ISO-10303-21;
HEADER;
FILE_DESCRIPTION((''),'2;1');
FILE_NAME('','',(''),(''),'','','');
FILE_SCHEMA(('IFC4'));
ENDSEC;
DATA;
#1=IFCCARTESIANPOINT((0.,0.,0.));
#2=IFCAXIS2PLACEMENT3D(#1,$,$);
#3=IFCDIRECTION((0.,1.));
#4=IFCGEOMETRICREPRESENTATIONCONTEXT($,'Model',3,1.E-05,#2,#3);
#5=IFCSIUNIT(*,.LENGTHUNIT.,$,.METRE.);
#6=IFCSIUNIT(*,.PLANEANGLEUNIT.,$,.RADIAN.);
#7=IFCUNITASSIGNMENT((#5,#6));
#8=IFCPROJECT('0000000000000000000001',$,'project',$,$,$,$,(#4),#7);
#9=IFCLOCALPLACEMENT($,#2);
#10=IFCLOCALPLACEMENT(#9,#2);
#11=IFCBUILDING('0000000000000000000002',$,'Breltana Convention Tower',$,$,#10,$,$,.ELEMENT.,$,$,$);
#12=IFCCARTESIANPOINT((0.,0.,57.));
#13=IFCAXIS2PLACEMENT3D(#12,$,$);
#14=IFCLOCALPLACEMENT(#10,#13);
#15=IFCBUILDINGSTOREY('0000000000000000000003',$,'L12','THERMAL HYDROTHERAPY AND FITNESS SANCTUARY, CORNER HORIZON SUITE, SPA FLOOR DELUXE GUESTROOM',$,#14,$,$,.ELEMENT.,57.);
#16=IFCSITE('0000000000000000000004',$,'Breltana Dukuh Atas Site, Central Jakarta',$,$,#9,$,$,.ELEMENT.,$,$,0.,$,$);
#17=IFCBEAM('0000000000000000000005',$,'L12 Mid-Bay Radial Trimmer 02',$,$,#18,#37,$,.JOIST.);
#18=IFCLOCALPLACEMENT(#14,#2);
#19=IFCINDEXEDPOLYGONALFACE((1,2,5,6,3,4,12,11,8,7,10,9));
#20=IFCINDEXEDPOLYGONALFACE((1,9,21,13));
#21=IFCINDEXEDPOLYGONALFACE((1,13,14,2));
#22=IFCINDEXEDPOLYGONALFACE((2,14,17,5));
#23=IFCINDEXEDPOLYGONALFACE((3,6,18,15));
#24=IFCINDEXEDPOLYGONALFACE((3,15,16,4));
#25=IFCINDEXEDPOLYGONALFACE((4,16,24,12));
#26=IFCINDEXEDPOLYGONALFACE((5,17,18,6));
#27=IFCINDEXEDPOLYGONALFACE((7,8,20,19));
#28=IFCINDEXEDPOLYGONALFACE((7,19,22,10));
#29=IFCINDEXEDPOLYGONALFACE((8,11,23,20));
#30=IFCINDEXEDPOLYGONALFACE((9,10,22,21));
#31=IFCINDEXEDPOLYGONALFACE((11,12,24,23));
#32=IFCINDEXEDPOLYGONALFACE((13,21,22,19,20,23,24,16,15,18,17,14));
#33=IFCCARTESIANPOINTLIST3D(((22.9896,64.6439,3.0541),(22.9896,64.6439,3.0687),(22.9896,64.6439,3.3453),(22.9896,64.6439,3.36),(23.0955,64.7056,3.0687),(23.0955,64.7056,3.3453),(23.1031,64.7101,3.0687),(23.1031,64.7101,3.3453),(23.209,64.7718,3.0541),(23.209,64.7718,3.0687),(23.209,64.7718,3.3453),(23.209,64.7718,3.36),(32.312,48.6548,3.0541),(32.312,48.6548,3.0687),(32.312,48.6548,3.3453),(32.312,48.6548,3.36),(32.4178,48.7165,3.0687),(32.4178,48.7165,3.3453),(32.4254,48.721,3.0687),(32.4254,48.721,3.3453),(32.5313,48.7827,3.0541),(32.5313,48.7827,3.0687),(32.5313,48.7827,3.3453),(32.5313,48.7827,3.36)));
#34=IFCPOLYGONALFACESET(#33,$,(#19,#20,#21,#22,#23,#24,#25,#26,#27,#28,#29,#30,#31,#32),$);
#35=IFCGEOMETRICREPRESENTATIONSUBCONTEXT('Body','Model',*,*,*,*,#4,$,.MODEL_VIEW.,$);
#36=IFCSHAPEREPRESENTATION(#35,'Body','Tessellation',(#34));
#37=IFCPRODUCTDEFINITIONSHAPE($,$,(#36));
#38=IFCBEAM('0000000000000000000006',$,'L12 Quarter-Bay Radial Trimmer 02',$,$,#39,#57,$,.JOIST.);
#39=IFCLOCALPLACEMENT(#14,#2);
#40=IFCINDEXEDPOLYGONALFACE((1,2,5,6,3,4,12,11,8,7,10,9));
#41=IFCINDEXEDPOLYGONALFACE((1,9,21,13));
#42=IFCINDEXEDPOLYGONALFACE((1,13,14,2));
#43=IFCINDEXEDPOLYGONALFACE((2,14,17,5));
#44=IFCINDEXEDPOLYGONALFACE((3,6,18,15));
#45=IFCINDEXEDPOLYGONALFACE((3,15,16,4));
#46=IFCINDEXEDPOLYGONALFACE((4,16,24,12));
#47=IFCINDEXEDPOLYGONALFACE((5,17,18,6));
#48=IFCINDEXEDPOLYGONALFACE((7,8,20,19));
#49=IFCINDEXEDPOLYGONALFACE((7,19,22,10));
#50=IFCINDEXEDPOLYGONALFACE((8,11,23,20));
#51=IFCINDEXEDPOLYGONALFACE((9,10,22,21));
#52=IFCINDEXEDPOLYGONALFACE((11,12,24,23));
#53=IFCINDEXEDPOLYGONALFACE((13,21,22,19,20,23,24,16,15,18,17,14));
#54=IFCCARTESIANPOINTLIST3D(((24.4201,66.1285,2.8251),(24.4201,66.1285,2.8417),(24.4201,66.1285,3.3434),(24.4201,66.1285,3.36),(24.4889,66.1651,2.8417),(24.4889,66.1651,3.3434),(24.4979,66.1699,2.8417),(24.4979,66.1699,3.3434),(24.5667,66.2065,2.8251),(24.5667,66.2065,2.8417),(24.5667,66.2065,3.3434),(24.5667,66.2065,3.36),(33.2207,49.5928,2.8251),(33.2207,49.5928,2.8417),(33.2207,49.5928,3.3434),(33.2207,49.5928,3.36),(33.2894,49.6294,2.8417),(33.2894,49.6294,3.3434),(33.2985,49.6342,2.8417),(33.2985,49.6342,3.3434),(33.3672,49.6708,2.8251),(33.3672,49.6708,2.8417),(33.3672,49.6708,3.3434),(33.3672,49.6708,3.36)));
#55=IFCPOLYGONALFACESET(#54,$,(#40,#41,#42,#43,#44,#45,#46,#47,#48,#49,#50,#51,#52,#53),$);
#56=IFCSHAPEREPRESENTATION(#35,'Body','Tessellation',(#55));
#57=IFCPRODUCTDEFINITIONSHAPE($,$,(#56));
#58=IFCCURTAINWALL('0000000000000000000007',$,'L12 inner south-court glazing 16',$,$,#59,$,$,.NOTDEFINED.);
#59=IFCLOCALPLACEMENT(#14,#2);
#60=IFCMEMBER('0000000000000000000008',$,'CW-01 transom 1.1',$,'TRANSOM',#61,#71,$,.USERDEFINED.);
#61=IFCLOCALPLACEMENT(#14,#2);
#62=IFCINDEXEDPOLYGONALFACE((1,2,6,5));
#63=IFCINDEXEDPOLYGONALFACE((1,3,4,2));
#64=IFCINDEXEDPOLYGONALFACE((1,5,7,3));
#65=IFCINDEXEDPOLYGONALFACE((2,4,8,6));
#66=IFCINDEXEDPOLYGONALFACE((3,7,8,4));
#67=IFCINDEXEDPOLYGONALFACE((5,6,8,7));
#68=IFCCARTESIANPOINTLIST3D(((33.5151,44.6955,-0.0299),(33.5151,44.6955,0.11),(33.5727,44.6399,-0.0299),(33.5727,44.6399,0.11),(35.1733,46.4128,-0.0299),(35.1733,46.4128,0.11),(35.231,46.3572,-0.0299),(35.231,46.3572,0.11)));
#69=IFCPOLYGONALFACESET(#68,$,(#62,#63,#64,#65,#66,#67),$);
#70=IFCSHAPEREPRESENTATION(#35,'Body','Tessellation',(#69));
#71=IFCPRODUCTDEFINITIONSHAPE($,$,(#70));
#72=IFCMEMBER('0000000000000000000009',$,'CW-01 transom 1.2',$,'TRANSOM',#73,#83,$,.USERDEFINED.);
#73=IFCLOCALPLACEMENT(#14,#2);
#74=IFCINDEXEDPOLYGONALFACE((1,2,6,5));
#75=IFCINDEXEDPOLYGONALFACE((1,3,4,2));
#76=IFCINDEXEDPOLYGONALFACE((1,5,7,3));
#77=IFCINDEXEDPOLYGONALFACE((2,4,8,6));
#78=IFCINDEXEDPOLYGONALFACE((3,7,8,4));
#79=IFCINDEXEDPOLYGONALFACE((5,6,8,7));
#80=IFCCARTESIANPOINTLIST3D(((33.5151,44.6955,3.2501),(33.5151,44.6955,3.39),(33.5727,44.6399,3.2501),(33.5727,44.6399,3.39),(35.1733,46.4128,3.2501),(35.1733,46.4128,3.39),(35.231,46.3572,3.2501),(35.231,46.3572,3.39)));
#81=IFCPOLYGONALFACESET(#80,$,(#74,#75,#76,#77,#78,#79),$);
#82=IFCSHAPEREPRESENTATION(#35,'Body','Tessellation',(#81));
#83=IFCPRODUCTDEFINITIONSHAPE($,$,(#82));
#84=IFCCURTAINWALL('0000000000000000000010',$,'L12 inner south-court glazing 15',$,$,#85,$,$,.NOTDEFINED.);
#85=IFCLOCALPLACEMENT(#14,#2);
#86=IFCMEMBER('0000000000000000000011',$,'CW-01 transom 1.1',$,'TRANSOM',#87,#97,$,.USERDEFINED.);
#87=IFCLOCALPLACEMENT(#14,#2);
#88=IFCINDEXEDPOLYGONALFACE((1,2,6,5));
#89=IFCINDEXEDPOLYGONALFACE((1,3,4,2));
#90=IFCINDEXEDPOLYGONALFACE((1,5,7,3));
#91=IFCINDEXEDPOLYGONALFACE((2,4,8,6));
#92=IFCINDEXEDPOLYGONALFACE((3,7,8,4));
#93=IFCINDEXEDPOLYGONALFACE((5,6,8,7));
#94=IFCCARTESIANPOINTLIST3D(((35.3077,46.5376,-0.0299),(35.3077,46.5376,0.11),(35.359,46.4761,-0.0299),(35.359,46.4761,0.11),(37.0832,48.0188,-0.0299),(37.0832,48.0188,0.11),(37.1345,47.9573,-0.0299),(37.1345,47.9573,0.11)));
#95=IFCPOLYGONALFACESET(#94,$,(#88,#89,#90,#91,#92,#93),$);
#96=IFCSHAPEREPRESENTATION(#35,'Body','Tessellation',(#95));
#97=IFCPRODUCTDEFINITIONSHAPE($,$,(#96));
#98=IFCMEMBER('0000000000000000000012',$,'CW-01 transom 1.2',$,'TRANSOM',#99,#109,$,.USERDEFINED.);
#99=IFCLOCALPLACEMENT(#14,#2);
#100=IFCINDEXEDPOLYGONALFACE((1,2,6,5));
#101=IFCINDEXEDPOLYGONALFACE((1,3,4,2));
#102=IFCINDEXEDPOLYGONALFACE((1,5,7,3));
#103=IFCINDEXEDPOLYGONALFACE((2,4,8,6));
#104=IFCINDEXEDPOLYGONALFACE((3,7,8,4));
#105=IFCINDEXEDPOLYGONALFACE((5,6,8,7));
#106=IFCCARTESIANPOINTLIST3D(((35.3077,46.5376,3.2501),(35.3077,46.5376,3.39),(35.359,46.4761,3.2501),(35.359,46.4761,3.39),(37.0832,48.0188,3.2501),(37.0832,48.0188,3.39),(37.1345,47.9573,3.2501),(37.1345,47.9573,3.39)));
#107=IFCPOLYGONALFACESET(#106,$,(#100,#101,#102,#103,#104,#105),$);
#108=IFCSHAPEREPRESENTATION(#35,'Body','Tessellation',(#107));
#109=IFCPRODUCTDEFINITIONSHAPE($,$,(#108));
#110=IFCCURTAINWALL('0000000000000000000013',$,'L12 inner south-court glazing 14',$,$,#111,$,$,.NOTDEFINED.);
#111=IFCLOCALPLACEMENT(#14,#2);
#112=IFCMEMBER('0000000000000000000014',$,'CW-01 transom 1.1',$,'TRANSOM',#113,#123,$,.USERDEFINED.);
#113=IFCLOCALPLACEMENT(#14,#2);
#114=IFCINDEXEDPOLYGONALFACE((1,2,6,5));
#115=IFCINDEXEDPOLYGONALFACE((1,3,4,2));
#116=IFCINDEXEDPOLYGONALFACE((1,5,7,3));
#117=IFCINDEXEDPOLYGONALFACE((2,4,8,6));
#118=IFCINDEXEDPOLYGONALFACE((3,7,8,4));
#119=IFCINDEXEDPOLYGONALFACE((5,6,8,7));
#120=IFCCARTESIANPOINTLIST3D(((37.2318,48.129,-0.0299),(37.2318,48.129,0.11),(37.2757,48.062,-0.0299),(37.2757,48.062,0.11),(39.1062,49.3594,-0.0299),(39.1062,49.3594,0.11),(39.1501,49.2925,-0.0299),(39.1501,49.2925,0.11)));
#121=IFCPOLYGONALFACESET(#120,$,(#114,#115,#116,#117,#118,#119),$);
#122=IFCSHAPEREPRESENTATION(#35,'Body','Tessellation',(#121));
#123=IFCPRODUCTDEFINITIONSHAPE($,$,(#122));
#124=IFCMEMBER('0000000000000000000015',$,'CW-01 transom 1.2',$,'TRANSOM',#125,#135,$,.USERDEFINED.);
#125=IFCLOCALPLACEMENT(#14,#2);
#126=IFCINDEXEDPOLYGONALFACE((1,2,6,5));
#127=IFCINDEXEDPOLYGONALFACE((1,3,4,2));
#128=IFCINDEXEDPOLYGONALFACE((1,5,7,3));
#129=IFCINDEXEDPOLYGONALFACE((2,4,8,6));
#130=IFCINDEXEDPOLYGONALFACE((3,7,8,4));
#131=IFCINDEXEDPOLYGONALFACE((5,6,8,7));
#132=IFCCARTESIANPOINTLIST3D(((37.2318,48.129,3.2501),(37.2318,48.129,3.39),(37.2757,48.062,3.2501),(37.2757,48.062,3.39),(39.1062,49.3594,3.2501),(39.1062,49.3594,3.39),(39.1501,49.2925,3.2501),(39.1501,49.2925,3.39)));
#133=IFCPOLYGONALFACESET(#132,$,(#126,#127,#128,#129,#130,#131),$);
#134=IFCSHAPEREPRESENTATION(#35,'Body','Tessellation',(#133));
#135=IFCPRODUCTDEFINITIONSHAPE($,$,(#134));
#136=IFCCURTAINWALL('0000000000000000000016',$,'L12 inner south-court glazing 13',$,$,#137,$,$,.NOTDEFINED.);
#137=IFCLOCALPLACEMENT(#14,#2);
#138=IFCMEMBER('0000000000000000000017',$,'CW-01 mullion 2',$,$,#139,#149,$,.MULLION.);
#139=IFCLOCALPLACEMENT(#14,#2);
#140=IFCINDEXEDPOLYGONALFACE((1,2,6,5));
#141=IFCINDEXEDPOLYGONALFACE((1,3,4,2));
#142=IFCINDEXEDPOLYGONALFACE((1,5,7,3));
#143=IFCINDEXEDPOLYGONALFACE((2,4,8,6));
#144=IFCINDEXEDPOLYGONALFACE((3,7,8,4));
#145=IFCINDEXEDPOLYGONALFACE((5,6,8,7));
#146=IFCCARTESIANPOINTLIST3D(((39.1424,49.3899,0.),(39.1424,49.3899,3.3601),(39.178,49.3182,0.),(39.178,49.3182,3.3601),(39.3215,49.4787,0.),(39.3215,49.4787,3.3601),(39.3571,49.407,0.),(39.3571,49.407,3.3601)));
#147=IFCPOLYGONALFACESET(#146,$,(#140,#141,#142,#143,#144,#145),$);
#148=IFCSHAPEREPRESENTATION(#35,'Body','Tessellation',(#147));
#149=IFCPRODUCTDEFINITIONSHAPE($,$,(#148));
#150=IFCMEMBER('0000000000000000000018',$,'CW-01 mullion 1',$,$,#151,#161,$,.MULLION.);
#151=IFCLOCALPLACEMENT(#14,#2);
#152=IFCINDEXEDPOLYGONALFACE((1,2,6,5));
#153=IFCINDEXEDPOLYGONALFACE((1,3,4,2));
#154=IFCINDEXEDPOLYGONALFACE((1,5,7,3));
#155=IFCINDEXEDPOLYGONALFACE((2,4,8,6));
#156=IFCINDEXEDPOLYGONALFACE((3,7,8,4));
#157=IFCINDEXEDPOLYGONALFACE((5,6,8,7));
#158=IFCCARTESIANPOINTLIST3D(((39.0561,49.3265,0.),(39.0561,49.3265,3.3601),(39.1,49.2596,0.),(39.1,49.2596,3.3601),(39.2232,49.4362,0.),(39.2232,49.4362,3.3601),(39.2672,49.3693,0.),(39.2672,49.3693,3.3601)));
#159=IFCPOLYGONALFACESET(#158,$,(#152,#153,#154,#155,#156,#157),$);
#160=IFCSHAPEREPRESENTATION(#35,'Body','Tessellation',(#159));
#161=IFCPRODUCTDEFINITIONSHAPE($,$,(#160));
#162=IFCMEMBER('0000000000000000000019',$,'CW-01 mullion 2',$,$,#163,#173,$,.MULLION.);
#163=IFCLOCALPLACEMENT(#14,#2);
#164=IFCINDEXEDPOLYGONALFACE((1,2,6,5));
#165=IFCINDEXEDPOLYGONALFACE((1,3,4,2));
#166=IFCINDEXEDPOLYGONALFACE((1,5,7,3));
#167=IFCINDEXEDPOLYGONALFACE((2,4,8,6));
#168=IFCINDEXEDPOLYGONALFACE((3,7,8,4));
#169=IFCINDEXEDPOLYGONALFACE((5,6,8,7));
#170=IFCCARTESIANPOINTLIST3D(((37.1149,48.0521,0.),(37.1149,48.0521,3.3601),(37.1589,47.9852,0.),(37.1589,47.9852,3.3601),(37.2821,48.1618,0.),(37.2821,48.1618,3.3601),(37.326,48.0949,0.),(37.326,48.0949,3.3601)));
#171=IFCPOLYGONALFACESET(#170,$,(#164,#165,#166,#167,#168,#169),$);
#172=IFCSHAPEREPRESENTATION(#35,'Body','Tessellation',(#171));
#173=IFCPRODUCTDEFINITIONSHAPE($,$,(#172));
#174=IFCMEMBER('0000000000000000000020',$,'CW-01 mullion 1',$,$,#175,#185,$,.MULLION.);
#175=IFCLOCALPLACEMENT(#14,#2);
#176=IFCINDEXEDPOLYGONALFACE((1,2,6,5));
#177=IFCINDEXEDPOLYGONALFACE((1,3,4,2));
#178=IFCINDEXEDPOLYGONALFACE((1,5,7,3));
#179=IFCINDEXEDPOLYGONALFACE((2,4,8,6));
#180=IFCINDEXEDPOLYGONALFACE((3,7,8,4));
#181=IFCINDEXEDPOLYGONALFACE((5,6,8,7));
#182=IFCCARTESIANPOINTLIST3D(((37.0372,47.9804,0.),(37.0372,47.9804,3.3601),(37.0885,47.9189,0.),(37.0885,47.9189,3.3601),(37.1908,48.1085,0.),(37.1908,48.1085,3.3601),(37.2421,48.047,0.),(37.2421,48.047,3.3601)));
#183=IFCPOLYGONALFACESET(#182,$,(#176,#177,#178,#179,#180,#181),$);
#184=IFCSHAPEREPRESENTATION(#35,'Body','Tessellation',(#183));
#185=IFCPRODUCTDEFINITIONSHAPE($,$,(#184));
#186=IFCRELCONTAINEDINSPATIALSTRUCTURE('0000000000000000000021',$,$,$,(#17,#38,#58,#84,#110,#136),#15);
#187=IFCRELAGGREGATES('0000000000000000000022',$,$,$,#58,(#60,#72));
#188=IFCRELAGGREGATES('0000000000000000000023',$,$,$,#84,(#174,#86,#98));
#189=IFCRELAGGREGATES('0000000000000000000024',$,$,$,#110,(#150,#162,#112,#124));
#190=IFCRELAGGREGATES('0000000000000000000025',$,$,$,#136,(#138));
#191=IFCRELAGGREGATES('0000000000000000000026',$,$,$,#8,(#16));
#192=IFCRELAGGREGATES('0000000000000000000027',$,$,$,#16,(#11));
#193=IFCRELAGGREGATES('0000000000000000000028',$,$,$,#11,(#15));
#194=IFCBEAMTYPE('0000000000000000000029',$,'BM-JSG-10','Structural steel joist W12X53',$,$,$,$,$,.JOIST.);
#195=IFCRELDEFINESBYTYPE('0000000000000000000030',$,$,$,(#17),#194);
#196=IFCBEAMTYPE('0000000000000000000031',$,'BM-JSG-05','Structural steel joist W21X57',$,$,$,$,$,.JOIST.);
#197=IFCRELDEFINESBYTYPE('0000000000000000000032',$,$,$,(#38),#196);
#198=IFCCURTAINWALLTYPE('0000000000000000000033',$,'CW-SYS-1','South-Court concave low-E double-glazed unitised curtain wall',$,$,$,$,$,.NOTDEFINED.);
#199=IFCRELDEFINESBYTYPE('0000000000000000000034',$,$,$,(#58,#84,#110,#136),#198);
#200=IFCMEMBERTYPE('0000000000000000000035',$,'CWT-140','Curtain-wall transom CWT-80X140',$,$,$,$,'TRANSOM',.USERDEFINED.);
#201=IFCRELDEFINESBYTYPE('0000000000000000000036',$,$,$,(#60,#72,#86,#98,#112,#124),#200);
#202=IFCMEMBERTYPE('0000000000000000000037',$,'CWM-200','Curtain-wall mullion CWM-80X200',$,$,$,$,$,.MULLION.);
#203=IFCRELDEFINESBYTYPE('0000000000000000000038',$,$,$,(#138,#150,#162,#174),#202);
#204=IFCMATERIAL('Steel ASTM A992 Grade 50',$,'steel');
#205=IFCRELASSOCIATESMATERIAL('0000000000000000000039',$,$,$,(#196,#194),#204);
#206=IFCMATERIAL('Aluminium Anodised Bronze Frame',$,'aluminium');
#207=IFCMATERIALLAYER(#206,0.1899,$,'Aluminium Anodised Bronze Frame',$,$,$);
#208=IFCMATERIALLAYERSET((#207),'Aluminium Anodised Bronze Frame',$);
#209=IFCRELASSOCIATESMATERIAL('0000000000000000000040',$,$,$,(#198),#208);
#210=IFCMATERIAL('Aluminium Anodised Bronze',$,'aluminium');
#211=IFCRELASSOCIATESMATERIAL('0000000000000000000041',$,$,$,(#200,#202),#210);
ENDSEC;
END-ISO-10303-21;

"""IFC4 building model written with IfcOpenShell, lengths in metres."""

from ifc_helpers import new_model, si_unit, direction, frame, origin, origin_2d, place, context, subcontext, project, spatial, rectangle, i_section, extrude, source, transform, mapped, material, layer, layer_set, material_profile, profile_set, type_object, type_shapes, element, aggregate, save


model = new_model("IFC4")

# Units and contexts
model_context = context("Model", 3, precision=1e-05, world=origin(), true_north=direction((0.0, 1.0)))
body_context = subcontext(model_context, "Body", "Model", "MODEL_VIEW")
ifc_project = project(units=[si_unit("LENGTHUNIT", "METRE"), si_unit("PLANEANGLEUNIT", "RADIAN")], contexts=[model_context])

# Site, building, storey
site_placement = place(None, origin())
site = spatial("IfcSite", under=ifc_project, at=site_placement, Name="Breltana Dukuh Atas Site, Central Jakarta", CompositionType="ELEMENT", RefElevation=0.0)
building_placement = place(site_placement, origin())
building = spatial("IfcBuilding", under=site, at=building_placement, Name="Breltana Convention Tower", CompositionType="ELEMENT")
storey_placement = place(building_placement, frame((0.0, 0.0, 57.0)))
storey = spatial("IfcBuildingStorey", under=building, at=storey_placement, Name="L12", Description="THERMAL HYDROTHERAPY AND FITNESS SANCTUARY, CORNER HORIZON SUITE, SPA FLOOR DELUXE GUESTROOM", CompositionType="ELEMENT", Elevation=57.0)

# Beams
ifc_material_1 = material(Name="Steel ASTM A992 Grade 50", Category="steel")
ifc_material_profile_1 = material_profile(ifc_material_1, i_section(OverallWidth=0.166, OverallDepth=0.5349, WebThickness=0.0103, FlangeThickness=0.0166, at=origin_2d()), Name="W21X57")
ifc_profile_set_1 = profile_set([ifc_material_profile_1], Name="Steel ASTM A992 Grade 50")
beam_type_1 = type_object("IfcBeamType", Name="BM-JSG-05", Description="Structural steel joist W21X57", PredefinedType="JOIST", material=ifc_profile_set_1)
ifc_material_profile_2 = material_profile(ifc_material_1, i_section(OverallWidth=0.2539, OverallDepth=0.3059, WebThickness=0.0088, FlangeThickness=0.0146, at=origin_2d()), Name="W12X53")
ifc_profile_set_2 = profile_set([ifc_material_profile_2], Name="Steel ASTM A992 Grade 50")
beam_type_2 = type_object("IfcBeamType", Name="BM-JSG-10", Description="Structural steel joist W12X53", PredefinedType="JOIST", material=ifc_profile_set_2)
shared_shape_1 = source(origin(), body_context, "Body", "SweptSolid", [
    extrude(i_section(OverallWidth=0.2539, OverallDepth=0.3059, WebThickness=0.0088, FlangeThickness=0.0146, at=origin_2d()), origin(), (0.0, 0.0, 1.0), 18.5083),
])
beam_1_placement = place(storey_placement, frame((32.4216, 48.7188, 3.207), z_axis=(-0.503683, 0.863888, 0.0), x_axis=(-0.863888, -0.503683, 0.0)))
element("IfcBeam", 1, at=beam_1_placement, inside=storey, type_object=beam_type_2, Name="L12 Mid-Bay Radial Trimmer 02", PredefinedType="JOIST", context=body_context, shape_type="MappedRepresentation", body=[
    mapped(shared_shape_1, transform((0.0, 0.0, 0.0), scale=1.0)),
])
shared_shape_2 = source(origin(), body_context, "Body", "SweptSolid", [
    extrude(i_section(OverallWidth=0.166, OverallDepth=0.5349, WebThickness=0.0103, FlangeThickness=0.0166, at=origin_2d()), origin(), (0.0, 0.0, 1.0), 18.7317),
])
beam_2_placement = place(storey_placement, frame((33.2939, 49.6318, 3.0925), z_axis=(-0.46982, 0.882762, 0.0), x_axis=(-0.882762, -0.46982, 0.0)))
element("IfcBeam", 2, at=beam_2_placement, inside=storey, type_object=beam_type_1, Name="L12 Quarter-Bay Radial Trimmer 02", PredefinedType="JOIST", context=body_context, shape_type="MappedRepresentation", body=[
    mapped(shared_shape_2, transform((0.0, 0.0, 0.0), scale=1.0)),
])

# Curtain walls, members
ifc_material_2 = material(Name="Aluminium Anodised Bronze Frame", Category="aluminium")
ifc_layer_1 = layer(ifc_material_2, 0.1899, Name="Aluminium Anodised Bronze Frame")
ifc_layer_set_1 = layer_set([ifc_layer_1], Name="Aluminium Anodised Bronze Frame")
curtain_wall_type = type_object("IfcCurtainWallType", Name="CW-SYS-1", Description="South-Court concave low-E double-glazed unitised curtain wall", PredefinedType="NOTDEFINED", material=ifc_layer_set_1)
curtain_wall_1_placement = place(storey_placement, origin())
curtain_wall_1 = element("IfcCurtainWall", 3, at=curtain_wall_1_placement, inside=storey, type_object=curtain_wall_type, Name="L12 inner south-court glazing 16", PredefinedType="NOTDEFINED")
ifc_material_3 = material(Name="Aluminium Anodised Bronze", Category="aluminium")
ifc_material_profile_3 = material_profile(ifc_material_3, rectangle(XDim=0.0801, YDim=0.1399, at=origin_2d()), Name="CWT-80X140")
ifc_profile_set_3 = profile_set([ifc_material_profile_3], Name="Aluminium Anodised Bronze")
member_type_1 = type_object("IfcMemberType", Name="CWT-140", Description="Curtain-wall transom CWT-80X140", ElementType="TRANSOM", PredefinedType="USERDEFINED", material=ifc_profile_set_3)
shared_shape_3 = source(origin(), body_context, "Body", "SweptSolid", [
    extrude(rectangle(XDim=0.0801, YDim=0.1399, at=origin_2d()), origin(), (0.0, 0.0, 1.0), 2.3872),
])
type_shapes(member_type_1, [shared_shape_3])
member_1_placement = place(storey_placement, frame((35.2021, 46.385, 0.04), z_axis=(-0.694624, -0.719373, 0.0), x_axis=(0.719373, -0.694624, 0.0)))
member_1 = element("IfcMember", 4, at=member_1_placement, type_object=member_type_1, Name="CW-01 transom 1.1", ObjectType="TRANSOM", PredefinedType="USERDEFINED", context=body_context, shape_type="MappedRepresentation", body=[
    mapped(shared_shape_3, transform((0.0, 0.0, 0.0), scale=1.0)),
])
member_2_placement = place(storey_placement, frame((35.2021, 46.385, 3.3201), z_axis=(-0.694624, -0.719373, 0.0), x_axis=(0.719373, -0.694624, 0.0)))
member_2 = element("IfcMember", 5, at=member_2_placement, type_object=member_type_1, Name="CW-01 transom 1.2", ObjectType="TRANSOM", PredefinedType="USERDEFINED", context=body_context, shape_type="MappedRepresentation", body=[
    mapped(shared_shape_3, transform((0.0, 0.0, 0.0), scale=1.0)),
])
curtain_wall_2_placement = place(storey_placement, origin())
curtain_wall_2 = element("IfcCurtainWall", 6, at=curtain_wall_2_placement, inside=storey, type_object=curtain_wall_type, Name="L12 inner south-court glazing 15", PredefinedType="NOTDEFINED")
shared_shape_4 = source(origin(), body_context, "Body", "SweptSolid", [
    extrude(rectangle(XDim=0.0801, YDim=0.1399, at=origin_2d()), origin(), (0.0, 0.0, 1.0), 2.3123),
])
member_3_placement = place(storey_placement, frame((37.1089, 47.988, 0.04), z_axis=(-0.767901, -0.640569, 0.0), x_axis=(0.640569, -0.767901, 0.0)))
member_3 = element("IfcMember", 7, at=member_3_placement, type_object=member_type_1, Name="CW-01 transom 1.1", ObjectType="TRANSOM", PredefinedType="USERDEFINED", context=body_context, shape_type="MappedRepresentation", body=[
    mapped(shared_shape_4, transform((0.0, 0.0, 0.0), scale=1.0)),
])
member_4_placement = place(storey_placement, frame((37.1089, 47.988, 3.3201), z_axis=(-0.767901, -0.640569, 0.0), x_axis=(0.640569, -0.767901, 0.0)))
member_4 = element("IfcMember", 8, at=member_4_placement, type_object=member_type_1, Name="CW-01 transom 1.2", ObjectType="TRANSOM", PredefinedType="USERDEFINED", context=body_context, shape_type="MappedRepresentation", body=[
    mapped(shared_shape_4, transform((0.0, 0.0, 0.0), scale=1.0)),
])
curtain_wall_3_placement = place(storey_placement, origin())
curtain_wall_3 = element("IfcCurtainWall", 9, at=curtain_wall_3_placement, inside=storey, type_object=curtain_wall_type, Name="L12 inner south-court glazing 14", PredefinedType="NOTDEFINED")
shared_shape_5 = source(origin(), body_context, "Body", "SweptSolid", [
    extrude(rectangle(XDim=0.0801, YDim=0.1399, at=origin_2d()), origin(), (0.0, 0.0, 1.0), 2.2422),
])
member_5_placement = place(storey_placement, frame((39.1282, 49.3259, 0.04), z_axis=(-0.835982, -0.548756, 0.0), x_axis=(0.548756, -0.835982, 0.0)))
member_5 = element("IfcMember", 10, at=member_5_placement, type_object=member_type_1, Name="CW-01 transom 1.1", ObjectType="TRANSOM", PredefinedType="USERDEFINED", context=body_context, shape_type="MappedRepresentation", body=[
    mapped(shared_shape_5, transform((0.0, 0.0, 0.0), scale=1.0)),
])
member_6_placement = place(storey_placement, frame((39.1282, 49.3259, 3.3201), z_axis=(-0.835982, -0.548756, 0.0), x_axis=(0.548756, -0.835982, 0.0)))
member_6 = element("IfcMember", 11, at=member_6_placement, type_object=member_type_1, Name="CW-01 transom 1.2", ObjectType="TRANSOM", PredefinedType="USERDEFINED", context=body_context, shape_type="MappedRepresentation", body=[
    mapped(shared_shape_5, transform((0.0, 0.0, 0.0), scale=1.0)),
])

# Curtain wall, member
curtain_wall_4_placement = place(storey_placement, origin())
curtain_wall_4 = element("IfcCurtainWall", 12, at=curtain_wall_4_placement, inside=storey, type_object=curtain_wall_type, Name="L12 inner south-court glazing 13", PredefinedType="NOTDEFINED")
ifc_material_profile_4 = material_profile(ifc_material_3, rectangle(XDim=0.0801, YDim=0.2, at=origin_2d()), Name="CWM-80X200")
ifc_profile_set_4 = profile_set([ifc_material_profile_4], Name="Aluminium Anodised Bronze")
member_type_2 = type_object("IfcMemberType", Name="CWM-200", Description="Curtain-wall mullion CWM-80X200", PredefinedType="MULLION", material=ifc_profile_set_4)
shared_shape_6 = source(origin(), body_context, "Body", "SweptSolid", [
    extrude(rectangle(XDim=0.0801, YDim=0.2, at=origin_2d()), origin(), (0.0, 0.0, 1.0), 3.3601),
])
member_7_placement = place(storey_placement, frame((39.2498, 49.3984, 0.0), z_axis=(0.0, 0.0, 1.0), x_axis=(0.444118, -0.895968, 0.0)))
member_7 = element("IfcMember", 13, at=member_7_placement, type_object=member_type_2, Name="CW-01 mullion 2", PredefinedType="MULLION", context=body_context, shape_type="MappedRepresentation", body=[
    mapped(shared_shape_6, transform((0.0, 0.0, 0.0), scale=1.0)),
])

# Members
member_8_placement = place(storey_placement, frame((39.1616, 49.3479, 0.0), z_axis=(0.0, 0.0, 1.0), x_axis=(0.548778, -0.835968, 0.0)))
member_8 = element("IfcMember", 14, at=member_8_placement, type_object=member_type_2, Name="CW-01 mullion 1", PredefinedType="MULLION", context=body_context, shape_type="MappedRepresentation", body=[
    mapped(shared_shape_6, transform((0.0, 0.0, 0.0), scale=1.0)),
])
member_9_placement = place(storey_placement, frame((37.2205, 48.0735, 0.0), z_axis=(0.0, 0.0, 1.0), x_axis=(0.548778, -0.835968, 0.0)))
member_9 = element("IfcMember", 15, at=member_9_placement, type_object=member_type_2, Name="CW-01 mullion 2", PredefinedType="MULLION", context=body_context, shape_type="MappedRepresentation", body=[
    mapped(shared_shape_6, transform((0.0, 0.0, 0.0), scale=1.0)),
])
member_10_placement = place(storey_placement, frame((37.1396, 48.0137, 0.0), z_axis=(0.0, 0.0, 1.0), x_axis=(0.640523, -0.767939, 0.0)))
member_10 = element("IfcMember", 16, at=member_10_placement, type_object=member_type_2, Name="CW-01 mullion 1", PredefinedType="MULLION", context=body_context, shape_type="MappedRepresentation", body=[
    mapped(shared_shape_6, transform((0.0, 0.0, 0.0), scale=1.0)),
])
aggregate(curtain_wall_1, [member_1, member_2])

aggregate(curtain_wall_2, [member_10, member_3, member_4])
aggregate(curtain_wall_3, [member_8, member_9, member_5, member_6])
aggregate(curtain_wall_4, [member_7])

save(model, "model.ifc")
